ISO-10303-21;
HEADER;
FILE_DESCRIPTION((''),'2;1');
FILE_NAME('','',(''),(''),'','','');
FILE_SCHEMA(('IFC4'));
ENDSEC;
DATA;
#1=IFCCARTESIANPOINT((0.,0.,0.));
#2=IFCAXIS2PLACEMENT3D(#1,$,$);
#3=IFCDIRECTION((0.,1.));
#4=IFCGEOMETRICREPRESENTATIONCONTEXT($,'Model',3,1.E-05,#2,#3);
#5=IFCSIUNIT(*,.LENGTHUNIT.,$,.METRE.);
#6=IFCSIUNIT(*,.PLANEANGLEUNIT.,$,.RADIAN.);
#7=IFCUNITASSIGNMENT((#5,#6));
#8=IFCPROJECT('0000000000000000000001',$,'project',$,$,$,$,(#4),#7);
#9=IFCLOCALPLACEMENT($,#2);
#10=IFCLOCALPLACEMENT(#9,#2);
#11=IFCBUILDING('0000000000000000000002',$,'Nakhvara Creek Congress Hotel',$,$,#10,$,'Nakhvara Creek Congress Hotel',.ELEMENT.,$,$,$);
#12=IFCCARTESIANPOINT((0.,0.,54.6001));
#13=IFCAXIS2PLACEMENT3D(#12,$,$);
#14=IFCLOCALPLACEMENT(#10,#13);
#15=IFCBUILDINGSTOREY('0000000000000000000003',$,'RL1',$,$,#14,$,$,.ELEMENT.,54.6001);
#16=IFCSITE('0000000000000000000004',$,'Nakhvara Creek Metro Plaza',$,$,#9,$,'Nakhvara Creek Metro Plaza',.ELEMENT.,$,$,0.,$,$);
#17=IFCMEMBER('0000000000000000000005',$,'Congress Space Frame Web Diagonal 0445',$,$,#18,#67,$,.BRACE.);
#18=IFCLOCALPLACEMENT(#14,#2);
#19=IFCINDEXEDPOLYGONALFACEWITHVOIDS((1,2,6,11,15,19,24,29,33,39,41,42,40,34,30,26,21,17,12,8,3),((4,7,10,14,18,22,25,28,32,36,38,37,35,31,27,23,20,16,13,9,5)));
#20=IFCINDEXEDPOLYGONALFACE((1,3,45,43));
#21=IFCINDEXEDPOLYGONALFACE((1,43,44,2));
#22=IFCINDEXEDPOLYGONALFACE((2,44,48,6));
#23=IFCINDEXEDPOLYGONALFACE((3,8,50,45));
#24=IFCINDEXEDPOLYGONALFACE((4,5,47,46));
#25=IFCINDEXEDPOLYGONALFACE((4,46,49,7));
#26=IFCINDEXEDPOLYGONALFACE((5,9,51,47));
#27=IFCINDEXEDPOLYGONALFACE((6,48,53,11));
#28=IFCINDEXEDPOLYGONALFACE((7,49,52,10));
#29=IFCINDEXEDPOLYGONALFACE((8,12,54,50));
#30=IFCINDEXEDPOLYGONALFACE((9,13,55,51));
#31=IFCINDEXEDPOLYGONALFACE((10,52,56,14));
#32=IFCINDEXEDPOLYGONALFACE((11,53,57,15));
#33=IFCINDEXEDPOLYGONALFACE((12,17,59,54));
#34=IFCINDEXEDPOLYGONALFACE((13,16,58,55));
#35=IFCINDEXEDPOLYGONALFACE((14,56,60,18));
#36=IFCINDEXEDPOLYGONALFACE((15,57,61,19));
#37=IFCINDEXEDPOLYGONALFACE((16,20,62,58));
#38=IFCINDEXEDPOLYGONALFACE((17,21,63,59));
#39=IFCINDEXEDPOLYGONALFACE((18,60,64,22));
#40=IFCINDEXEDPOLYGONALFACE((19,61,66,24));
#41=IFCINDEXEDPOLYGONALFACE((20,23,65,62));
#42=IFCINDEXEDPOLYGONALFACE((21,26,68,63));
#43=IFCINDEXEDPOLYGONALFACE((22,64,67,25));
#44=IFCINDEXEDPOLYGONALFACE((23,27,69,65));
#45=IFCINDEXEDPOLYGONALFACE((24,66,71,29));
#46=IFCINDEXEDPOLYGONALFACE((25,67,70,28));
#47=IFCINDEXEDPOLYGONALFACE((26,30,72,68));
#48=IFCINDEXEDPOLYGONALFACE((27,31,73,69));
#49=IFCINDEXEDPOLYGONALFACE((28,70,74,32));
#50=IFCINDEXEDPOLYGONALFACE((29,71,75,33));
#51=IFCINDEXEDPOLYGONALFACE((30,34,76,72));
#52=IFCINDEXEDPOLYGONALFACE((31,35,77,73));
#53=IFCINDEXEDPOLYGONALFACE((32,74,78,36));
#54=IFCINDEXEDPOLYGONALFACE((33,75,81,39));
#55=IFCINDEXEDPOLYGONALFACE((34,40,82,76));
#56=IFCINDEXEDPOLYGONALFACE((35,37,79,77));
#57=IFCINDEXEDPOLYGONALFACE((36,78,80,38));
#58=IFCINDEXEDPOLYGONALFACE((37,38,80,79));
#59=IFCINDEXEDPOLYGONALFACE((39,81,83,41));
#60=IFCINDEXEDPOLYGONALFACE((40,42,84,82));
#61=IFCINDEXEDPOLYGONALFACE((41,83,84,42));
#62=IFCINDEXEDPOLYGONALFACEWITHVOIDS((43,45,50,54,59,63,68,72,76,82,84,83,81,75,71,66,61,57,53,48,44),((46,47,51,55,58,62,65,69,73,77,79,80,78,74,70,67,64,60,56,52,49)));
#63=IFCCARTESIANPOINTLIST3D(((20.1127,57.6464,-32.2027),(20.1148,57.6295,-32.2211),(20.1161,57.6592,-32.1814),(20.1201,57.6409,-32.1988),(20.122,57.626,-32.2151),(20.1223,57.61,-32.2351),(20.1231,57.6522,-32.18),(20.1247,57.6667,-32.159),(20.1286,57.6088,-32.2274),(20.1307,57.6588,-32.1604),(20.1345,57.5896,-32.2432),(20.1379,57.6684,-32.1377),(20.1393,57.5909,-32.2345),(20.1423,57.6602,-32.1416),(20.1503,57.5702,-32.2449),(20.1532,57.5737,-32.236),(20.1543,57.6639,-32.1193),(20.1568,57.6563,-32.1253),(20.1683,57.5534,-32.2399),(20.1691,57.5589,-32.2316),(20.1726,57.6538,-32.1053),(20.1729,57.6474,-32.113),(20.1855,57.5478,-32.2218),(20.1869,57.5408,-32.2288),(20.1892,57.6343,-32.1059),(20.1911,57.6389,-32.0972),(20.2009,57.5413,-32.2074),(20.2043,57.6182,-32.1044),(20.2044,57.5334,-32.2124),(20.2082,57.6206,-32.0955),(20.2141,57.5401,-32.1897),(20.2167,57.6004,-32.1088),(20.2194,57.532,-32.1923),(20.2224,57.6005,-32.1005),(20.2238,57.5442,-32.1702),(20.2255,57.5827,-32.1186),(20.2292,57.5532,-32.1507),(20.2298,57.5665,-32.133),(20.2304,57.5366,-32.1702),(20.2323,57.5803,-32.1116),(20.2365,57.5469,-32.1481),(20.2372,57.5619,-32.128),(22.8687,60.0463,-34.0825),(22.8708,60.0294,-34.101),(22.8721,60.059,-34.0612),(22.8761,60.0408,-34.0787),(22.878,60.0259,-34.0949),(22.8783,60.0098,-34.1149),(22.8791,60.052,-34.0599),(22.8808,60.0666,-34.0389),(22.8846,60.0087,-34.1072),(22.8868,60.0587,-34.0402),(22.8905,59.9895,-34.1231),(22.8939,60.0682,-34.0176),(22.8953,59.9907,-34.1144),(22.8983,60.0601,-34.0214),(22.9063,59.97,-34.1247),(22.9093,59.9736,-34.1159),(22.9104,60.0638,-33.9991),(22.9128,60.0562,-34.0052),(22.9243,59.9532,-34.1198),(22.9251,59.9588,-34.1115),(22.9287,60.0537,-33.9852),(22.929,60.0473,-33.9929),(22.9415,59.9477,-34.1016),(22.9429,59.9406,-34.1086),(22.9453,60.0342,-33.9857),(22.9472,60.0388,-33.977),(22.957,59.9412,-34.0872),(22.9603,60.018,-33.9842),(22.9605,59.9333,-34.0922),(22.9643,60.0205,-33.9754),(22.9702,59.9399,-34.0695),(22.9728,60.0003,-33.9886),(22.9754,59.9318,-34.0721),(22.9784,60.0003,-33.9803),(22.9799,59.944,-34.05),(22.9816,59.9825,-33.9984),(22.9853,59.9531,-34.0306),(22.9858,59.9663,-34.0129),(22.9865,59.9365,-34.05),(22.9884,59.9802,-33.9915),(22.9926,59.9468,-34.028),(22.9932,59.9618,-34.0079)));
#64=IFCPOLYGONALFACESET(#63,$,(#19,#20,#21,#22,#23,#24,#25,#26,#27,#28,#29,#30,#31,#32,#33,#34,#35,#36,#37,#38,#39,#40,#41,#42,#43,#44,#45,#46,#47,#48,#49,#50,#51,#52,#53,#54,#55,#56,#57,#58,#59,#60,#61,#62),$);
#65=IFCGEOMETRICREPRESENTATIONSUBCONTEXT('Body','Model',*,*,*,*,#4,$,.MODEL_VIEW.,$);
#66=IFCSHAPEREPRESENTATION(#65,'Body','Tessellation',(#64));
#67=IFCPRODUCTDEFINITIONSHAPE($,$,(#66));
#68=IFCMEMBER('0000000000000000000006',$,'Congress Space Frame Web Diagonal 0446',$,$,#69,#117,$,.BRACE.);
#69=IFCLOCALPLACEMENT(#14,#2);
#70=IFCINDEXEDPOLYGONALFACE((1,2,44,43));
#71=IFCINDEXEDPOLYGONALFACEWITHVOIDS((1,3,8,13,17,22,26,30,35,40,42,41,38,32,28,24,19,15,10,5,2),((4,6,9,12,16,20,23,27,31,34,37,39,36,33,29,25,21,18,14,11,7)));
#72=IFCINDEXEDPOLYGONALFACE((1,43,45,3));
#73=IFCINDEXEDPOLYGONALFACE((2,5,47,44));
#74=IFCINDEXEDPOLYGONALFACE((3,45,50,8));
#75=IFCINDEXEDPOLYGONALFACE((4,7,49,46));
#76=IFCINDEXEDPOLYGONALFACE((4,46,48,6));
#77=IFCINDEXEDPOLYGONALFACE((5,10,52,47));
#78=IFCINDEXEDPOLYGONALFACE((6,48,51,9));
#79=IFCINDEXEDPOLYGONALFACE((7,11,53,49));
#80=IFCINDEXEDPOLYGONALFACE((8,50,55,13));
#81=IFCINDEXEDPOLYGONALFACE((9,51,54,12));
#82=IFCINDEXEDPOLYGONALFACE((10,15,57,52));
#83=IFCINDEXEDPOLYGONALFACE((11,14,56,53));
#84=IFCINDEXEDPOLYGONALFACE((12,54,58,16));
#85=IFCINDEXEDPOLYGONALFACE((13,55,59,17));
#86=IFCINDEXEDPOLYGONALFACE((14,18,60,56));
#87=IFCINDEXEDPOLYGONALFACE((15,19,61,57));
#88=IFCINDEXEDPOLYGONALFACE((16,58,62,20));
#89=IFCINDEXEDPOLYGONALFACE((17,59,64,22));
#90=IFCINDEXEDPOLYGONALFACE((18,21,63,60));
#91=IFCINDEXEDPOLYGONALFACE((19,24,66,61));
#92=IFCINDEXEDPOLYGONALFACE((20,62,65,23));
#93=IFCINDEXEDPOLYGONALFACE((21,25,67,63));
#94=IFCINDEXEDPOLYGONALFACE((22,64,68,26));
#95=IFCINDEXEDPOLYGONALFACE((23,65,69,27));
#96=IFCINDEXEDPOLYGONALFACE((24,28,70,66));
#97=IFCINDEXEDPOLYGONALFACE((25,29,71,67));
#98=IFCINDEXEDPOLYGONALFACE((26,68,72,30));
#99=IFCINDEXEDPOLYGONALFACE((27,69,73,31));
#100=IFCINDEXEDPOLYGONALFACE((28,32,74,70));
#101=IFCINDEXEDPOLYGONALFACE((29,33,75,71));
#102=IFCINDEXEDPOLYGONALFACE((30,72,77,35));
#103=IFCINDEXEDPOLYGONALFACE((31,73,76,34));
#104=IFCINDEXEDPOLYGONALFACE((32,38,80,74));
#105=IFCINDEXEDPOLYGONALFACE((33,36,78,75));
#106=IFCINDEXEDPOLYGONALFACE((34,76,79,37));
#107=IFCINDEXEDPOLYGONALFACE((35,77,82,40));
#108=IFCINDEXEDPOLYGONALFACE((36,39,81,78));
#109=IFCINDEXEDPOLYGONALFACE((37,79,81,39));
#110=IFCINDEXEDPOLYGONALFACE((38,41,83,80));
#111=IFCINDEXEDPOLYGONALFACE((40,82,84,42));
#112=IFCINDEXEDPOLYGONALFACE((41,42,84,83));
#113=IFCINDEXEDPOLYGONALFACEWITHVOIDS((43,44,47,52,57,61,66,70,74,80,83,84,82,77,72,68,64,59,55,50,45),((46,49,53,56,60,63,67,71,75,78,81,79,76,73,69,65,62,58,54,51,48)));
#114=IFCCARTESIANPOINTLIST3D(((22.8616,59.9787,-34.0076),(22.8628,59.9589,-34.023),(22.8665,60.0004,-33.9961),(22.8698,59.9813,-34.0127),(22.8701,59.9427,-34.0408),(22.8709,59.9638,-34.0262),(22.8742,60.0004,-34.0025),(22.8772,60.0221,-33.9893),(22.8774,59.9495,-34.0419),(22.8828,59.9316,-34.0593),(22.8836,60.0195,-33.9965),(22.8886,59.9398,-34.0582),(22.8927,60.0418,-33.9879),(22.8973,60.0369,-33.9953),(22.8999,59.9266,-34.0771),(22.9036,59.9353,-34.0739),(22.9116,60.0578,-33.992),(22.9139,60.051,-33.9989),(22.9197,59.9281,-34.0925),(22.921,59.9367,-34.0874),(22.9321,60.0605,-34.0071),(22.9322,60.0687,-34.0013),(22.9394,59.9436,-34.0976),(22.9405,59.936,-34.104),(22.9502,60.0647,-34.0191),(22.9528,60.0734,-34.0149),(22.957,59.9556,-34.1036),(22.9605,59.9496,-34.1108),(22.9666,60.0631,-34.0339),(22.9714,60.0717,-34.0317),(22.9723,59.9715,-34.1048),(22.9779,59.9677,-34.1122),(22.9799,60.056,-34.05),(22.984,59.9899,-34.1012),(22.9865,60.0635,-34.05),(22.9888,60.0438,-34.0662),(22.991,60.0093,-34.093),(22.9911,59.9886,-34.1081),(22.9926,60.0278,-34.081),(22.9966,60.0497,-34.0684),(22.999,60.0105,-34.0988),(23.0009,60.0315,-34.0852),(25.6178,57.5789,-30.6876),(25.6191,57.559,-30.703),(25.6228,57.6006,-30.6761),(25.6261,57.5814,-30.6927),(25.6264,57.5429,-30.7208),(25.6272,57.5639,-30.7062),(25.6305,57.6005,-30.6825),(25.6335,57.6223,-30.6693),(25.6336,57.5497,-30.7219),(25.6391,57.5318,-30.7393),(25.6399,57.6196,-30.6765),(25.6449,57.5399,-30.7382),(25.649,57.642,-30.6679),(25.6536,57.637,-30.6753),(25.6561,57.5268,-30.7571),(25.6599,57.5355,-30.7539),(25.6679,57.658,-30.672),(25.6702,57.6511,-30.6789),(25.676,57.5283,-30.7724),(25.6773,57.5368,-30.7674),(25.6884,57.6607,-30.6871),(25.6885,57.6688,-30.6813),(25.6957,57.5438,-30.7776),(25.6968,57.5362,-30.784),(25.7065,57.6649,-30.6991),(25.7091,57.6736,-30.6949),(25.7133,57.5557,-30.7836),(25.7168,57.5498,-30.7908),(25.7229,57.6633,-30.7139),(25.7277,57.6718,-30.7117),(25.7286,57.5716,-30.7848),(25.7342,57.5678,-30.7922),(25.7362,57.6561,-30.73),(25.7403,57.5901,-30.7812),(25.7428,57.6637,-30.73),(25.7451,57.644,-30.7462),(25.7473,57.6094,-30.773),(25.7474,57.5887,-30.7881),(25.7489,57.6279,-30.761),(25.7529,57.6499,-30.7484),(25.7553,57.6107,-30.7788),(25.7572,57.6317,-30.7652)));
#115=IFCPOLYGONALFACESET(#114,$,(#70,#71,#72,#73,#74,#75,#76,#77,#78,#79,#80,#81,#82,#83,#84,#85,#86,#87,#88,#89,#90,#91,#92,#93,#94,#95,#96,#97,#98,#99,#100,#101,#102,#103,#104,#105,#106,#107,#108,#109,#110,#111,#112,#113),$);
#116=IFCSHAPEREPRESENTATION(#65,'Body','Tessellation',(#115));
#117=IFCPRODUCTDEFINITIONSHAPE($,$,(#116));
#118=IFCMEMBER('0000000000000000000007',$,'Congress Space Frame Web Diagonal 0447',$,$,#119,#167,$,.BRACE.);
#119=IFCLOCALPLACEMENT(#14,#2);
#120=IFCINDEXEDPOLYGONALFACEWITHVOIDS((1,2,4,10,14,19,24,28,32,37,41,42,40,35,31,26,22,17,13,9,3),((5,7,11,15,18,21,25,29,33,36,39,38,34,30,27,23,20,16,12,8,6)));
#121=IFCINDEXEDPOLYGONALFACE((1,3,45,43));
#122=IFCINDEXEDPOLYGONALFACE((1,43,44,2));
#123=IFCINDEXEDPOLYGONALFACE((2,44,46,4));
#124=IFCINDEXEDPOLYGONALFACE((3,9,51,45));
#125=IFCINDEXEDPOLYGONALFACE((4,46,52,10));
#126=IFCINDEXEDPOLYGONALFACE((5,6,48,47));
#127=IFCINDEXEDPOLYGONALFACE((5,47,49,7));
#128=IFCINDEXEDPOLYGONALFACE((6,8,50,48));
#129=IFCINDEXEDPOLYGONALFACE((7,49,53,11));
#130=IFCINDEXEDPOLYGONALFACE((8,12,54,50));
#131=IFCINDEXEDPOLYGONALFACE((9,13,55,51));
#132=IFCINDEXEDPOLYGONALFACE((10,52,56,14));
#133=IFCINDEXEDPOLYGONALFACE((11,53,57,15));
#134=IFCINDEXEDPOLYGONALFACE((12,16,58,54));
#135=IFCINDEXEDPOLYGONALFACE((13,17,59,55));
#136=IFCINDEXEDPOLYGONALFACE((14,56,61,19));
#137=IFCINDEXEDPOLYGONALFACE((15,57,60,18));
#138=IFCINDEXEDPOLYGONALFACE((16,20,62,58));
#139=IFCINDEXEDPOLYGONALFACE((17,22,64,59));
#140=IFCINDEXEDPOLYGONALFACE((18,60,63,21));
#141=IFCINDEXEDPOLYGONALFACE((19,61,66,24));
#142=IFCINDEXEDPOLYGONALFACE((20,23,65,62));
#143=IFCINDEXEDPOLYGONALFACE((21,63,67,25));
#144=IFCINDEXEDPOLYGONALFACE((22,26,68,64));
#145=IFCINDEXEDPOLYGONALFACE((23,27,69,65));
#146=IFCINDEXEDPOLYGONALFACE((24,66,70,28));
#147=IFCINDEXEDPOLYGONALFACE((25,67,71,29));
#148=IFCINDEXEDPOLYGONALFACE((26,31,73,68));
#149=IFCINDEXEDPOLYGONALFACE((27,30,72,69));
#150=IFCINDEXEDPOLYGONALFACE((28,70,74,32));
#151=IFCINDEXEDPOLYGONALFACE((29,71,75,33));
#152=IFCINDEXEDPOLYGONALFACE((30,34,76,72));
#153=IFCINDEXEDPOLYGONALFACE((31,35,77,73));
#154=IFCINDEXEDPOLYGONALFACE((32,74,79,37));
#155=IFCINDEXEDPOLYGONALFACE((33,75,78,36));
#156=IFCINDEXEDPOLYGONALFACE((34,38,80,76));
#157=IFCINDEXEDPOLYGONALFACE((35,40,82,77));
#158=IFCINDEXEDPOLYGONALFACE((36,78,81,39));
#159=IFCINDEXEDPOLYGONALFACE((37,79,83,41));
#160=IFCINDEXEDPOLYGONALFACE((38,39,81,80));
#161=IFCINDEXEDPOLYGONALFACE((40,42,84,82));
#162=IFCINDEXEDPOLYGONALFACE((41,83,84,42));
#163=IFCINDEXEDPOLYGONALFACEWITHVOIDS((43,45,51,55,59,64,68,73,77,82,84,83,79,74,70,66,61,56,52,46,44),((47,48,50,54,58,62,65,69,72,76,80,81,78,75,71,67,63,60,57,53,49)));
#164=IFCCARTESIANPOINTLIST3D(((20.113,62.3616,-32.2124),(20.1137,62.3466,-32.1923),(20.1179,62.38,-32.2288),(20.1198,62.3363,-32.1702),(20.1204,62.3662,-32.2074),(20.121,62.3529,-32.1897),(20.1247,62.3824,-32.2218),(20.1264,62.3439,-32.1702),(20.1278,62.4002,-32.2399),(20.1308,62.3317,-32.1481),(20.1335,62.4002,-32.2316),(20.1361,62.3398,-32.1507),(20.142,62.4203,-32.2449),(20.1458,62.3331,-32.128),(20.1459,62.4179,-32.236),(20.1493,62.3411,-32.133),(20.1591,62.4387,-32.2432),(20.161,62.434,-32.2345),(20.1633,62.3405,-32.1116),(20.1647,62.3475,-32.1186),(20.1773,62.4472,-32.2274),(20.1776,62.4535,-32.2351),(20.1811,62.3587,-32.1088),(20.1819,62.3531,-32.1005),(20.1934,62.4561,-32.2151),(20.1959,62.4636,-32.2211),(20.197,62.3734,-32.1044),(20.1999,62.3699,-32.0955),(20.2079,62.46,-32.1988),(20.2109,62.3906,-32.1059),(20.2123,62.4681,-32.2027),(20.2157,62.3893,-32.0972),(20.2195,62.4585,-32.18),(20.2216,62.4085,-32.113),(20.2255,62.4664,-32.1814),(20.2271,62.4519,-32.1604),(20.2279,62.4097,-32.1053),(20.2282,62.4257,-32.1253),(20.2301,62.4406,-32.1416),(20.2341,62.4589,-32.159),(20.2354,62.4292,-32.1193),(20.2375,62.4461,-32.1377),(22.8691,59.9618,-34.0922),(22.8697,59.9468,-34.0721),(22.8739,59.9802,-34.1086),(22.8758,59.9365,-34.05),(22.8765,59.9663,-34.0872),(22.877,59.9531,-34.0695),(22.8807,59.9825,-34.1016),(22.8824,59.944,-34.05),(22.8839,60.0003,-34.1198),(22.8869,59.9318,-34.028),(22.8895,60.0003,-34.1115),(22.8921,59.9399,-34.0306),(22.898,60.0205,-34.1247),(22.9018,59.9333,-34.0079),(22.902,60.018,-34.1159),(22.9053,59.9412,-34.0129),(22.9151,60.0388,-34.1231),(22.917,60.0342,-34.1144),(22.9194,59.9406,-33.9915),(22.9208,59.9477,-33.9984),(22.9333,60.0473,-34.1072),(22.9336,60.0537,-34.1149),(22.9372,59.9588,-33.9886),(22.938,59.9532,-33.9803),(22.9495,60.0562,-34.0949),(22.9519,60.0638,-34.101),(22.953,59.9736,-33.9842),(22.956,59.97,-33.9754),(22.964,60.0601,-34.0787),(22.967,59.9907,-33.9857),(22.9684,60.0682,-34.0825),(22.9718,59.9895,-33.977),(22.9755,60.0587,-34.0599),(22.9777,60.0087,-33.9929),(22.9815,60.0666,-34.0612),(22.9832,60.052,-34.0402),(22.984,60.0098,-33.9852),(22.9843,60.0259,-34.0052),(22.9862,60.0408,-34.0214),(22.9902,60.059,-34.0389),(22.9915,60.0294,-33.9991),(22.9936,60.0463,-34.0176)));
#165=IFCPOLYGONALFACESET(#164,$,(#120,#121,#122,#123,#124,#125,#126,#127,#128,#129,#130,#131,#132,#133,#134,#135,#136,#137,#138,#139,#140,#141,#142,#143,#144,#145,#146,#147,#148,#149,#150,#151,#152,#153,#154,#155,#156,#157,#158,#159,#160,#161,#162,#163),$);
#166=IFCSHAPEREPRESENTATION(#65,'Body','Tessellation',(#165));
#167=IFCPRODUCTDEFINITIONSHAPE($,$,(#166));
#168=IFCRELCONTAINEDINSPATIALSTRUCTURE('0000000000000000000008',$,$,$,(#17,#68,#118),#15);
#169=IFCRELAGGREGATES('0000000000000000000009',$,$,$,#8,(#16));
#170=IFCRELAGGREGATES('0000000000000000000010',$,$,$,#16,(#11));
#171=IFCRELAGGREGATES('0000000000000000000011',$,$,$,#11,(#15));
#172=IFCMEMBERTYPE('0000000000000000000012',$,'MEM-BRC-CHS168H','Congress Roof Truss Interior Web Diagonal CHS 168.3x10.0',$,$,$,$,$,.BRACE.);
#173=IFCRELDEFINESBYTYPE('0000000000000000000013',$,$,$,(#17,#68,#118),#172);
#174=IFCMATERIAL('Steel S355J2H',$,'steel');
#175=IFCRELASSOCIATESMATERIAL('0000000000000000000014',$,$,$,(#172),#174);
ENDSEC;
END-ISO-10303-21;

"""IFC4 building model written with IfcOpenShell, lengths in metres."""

from ifc_helpers import new_model, si_unit, direction, frame, origin, origin_2d, place, context, subcontext, project, spatial, hollow_circle, extrude, material, material_profile, profile_set, type_object, element, save


model = new_model("IFC4")

# Units and contexts
model_context = context("Model", 3, precision=1e-05, world=origin(), true_north=direction((0.0, 1.0)))
body_context = subcontext(model_context, "Body", "Model", "MODEL_VIEW")
ifc_project = project(units=[si_unit("LENGTHUNIT", "METRE"), si_unit("PLANEANGLEUNIT", "RADIAN")], contexts=[model_context])

# Site, building, storey
site_placement = place(None, origin())
site = spatial("IfcSite", under=ifc_project, at=site_placement, Name="Nakhvara Creek Metro Plaza", LongName="Nakhvara Creek Metro Plaza", CompositionType="ELEMENT", RefElevation=0.0)
building_placement = place(site_placement, origin())
building = spatial("IfcBuilding", under=site, at=building_placement, Name="Nakhvara Creek Congress Hotel", LongName="Nakhvara Creek Congress Hotel", CompositionType="ELEMENT")
storey_placement = place(building_placement, frame((0.0, 0.0, 54.6001)))
storey = spatial("IfcBuildingStorey", under=building, at=storey_placement, Name="RL1", CompositionType="ELEMENT", Elevation=54.6001)

# Members
ifc_material_1 = material(Name="Steel S355J2H", Category="steel")
ifc_material_profile_1 = material_profile(ifc_material_1, hollow_circle(Radius=0.0842, WallThickness=0.01, at=origin_2d()), Name="CHS 168.3x10.0", Category="LoadBearing")
ifc_profile_set_1 = profile_set([ifc_material_profile_1], Name="Steel S355J2H")
member_type_1 = type_object("IfcMemberType", Name="MEM-BRC-CHS168H", Description="Congress Roof Truss Interior Web Diagonal CHS 168.3x10.0", PredefinedType="BRACE", material=ifc_profile_set_1)
member_1_placement = place(storey_placement, frame((22.9312, 60.0, -34.05), z_axis=(-0.670634, -0.583961, 0.457426), x_axis=(0.656691, -0.75416, 0.0)))
element("IfcMember", 1, at=member_1_placement, inside=storey, type_object=member_type_1, Name="Congress Space Frame Web Diagonal 0445", PredefinedType="BRACE", context=body_context, shape_type="SweptSolid", body=[
    extrude(hollow_circle(Radius=0.0842, WallThickness=0.01, at=origin_2d()), origin(), (0.0, 0.0, 1.0), 4.1096),
])
member_2_placement = place(storey_placement, frame((22.9312, 60.0, -34.05), z_axis=(0.558237, -0.486047, 0.672406), x_axis=(0.656658, 0.754188, 0.0)))
element("IfcMember", 2, at=member_2_placement, inside=storey, type_object=member_type_1, Name="Congress Space Frame Web Diagonal 0446", PredefinedType="BRACE", context=body_context, shape_type="SweptSolid", body=[
    extrude(hollow_circle(Radius=0.0842, WallThickness=0.01, at=origin_2d()), origin(), (0.0, 0.0, 1.0), 4.9375),
])
member_3_placement = place(storey_placement, frame((22.9312, 60.0, -34.05), z_axis=(-0.670634, 0.583961, 0.457426), x_axis=(-0.656691, -0.75416, 0.0)))
element("IfcMember", 3, at=member_3_placement, inside=storey, type_object=member_type_1, Name="Congress Space Frame Web Diagonal 0447", PredefinedType="BRACE", context=body_context, shape_type="SweptSolid", body=[
    extrude(hollow_circle(Radius=0.0842, WallThickness=0.01, at=origin_2d()), origin(), (0.0, 0.0, 1.0), 4.1096),
])

save(model, "model.ifc")
